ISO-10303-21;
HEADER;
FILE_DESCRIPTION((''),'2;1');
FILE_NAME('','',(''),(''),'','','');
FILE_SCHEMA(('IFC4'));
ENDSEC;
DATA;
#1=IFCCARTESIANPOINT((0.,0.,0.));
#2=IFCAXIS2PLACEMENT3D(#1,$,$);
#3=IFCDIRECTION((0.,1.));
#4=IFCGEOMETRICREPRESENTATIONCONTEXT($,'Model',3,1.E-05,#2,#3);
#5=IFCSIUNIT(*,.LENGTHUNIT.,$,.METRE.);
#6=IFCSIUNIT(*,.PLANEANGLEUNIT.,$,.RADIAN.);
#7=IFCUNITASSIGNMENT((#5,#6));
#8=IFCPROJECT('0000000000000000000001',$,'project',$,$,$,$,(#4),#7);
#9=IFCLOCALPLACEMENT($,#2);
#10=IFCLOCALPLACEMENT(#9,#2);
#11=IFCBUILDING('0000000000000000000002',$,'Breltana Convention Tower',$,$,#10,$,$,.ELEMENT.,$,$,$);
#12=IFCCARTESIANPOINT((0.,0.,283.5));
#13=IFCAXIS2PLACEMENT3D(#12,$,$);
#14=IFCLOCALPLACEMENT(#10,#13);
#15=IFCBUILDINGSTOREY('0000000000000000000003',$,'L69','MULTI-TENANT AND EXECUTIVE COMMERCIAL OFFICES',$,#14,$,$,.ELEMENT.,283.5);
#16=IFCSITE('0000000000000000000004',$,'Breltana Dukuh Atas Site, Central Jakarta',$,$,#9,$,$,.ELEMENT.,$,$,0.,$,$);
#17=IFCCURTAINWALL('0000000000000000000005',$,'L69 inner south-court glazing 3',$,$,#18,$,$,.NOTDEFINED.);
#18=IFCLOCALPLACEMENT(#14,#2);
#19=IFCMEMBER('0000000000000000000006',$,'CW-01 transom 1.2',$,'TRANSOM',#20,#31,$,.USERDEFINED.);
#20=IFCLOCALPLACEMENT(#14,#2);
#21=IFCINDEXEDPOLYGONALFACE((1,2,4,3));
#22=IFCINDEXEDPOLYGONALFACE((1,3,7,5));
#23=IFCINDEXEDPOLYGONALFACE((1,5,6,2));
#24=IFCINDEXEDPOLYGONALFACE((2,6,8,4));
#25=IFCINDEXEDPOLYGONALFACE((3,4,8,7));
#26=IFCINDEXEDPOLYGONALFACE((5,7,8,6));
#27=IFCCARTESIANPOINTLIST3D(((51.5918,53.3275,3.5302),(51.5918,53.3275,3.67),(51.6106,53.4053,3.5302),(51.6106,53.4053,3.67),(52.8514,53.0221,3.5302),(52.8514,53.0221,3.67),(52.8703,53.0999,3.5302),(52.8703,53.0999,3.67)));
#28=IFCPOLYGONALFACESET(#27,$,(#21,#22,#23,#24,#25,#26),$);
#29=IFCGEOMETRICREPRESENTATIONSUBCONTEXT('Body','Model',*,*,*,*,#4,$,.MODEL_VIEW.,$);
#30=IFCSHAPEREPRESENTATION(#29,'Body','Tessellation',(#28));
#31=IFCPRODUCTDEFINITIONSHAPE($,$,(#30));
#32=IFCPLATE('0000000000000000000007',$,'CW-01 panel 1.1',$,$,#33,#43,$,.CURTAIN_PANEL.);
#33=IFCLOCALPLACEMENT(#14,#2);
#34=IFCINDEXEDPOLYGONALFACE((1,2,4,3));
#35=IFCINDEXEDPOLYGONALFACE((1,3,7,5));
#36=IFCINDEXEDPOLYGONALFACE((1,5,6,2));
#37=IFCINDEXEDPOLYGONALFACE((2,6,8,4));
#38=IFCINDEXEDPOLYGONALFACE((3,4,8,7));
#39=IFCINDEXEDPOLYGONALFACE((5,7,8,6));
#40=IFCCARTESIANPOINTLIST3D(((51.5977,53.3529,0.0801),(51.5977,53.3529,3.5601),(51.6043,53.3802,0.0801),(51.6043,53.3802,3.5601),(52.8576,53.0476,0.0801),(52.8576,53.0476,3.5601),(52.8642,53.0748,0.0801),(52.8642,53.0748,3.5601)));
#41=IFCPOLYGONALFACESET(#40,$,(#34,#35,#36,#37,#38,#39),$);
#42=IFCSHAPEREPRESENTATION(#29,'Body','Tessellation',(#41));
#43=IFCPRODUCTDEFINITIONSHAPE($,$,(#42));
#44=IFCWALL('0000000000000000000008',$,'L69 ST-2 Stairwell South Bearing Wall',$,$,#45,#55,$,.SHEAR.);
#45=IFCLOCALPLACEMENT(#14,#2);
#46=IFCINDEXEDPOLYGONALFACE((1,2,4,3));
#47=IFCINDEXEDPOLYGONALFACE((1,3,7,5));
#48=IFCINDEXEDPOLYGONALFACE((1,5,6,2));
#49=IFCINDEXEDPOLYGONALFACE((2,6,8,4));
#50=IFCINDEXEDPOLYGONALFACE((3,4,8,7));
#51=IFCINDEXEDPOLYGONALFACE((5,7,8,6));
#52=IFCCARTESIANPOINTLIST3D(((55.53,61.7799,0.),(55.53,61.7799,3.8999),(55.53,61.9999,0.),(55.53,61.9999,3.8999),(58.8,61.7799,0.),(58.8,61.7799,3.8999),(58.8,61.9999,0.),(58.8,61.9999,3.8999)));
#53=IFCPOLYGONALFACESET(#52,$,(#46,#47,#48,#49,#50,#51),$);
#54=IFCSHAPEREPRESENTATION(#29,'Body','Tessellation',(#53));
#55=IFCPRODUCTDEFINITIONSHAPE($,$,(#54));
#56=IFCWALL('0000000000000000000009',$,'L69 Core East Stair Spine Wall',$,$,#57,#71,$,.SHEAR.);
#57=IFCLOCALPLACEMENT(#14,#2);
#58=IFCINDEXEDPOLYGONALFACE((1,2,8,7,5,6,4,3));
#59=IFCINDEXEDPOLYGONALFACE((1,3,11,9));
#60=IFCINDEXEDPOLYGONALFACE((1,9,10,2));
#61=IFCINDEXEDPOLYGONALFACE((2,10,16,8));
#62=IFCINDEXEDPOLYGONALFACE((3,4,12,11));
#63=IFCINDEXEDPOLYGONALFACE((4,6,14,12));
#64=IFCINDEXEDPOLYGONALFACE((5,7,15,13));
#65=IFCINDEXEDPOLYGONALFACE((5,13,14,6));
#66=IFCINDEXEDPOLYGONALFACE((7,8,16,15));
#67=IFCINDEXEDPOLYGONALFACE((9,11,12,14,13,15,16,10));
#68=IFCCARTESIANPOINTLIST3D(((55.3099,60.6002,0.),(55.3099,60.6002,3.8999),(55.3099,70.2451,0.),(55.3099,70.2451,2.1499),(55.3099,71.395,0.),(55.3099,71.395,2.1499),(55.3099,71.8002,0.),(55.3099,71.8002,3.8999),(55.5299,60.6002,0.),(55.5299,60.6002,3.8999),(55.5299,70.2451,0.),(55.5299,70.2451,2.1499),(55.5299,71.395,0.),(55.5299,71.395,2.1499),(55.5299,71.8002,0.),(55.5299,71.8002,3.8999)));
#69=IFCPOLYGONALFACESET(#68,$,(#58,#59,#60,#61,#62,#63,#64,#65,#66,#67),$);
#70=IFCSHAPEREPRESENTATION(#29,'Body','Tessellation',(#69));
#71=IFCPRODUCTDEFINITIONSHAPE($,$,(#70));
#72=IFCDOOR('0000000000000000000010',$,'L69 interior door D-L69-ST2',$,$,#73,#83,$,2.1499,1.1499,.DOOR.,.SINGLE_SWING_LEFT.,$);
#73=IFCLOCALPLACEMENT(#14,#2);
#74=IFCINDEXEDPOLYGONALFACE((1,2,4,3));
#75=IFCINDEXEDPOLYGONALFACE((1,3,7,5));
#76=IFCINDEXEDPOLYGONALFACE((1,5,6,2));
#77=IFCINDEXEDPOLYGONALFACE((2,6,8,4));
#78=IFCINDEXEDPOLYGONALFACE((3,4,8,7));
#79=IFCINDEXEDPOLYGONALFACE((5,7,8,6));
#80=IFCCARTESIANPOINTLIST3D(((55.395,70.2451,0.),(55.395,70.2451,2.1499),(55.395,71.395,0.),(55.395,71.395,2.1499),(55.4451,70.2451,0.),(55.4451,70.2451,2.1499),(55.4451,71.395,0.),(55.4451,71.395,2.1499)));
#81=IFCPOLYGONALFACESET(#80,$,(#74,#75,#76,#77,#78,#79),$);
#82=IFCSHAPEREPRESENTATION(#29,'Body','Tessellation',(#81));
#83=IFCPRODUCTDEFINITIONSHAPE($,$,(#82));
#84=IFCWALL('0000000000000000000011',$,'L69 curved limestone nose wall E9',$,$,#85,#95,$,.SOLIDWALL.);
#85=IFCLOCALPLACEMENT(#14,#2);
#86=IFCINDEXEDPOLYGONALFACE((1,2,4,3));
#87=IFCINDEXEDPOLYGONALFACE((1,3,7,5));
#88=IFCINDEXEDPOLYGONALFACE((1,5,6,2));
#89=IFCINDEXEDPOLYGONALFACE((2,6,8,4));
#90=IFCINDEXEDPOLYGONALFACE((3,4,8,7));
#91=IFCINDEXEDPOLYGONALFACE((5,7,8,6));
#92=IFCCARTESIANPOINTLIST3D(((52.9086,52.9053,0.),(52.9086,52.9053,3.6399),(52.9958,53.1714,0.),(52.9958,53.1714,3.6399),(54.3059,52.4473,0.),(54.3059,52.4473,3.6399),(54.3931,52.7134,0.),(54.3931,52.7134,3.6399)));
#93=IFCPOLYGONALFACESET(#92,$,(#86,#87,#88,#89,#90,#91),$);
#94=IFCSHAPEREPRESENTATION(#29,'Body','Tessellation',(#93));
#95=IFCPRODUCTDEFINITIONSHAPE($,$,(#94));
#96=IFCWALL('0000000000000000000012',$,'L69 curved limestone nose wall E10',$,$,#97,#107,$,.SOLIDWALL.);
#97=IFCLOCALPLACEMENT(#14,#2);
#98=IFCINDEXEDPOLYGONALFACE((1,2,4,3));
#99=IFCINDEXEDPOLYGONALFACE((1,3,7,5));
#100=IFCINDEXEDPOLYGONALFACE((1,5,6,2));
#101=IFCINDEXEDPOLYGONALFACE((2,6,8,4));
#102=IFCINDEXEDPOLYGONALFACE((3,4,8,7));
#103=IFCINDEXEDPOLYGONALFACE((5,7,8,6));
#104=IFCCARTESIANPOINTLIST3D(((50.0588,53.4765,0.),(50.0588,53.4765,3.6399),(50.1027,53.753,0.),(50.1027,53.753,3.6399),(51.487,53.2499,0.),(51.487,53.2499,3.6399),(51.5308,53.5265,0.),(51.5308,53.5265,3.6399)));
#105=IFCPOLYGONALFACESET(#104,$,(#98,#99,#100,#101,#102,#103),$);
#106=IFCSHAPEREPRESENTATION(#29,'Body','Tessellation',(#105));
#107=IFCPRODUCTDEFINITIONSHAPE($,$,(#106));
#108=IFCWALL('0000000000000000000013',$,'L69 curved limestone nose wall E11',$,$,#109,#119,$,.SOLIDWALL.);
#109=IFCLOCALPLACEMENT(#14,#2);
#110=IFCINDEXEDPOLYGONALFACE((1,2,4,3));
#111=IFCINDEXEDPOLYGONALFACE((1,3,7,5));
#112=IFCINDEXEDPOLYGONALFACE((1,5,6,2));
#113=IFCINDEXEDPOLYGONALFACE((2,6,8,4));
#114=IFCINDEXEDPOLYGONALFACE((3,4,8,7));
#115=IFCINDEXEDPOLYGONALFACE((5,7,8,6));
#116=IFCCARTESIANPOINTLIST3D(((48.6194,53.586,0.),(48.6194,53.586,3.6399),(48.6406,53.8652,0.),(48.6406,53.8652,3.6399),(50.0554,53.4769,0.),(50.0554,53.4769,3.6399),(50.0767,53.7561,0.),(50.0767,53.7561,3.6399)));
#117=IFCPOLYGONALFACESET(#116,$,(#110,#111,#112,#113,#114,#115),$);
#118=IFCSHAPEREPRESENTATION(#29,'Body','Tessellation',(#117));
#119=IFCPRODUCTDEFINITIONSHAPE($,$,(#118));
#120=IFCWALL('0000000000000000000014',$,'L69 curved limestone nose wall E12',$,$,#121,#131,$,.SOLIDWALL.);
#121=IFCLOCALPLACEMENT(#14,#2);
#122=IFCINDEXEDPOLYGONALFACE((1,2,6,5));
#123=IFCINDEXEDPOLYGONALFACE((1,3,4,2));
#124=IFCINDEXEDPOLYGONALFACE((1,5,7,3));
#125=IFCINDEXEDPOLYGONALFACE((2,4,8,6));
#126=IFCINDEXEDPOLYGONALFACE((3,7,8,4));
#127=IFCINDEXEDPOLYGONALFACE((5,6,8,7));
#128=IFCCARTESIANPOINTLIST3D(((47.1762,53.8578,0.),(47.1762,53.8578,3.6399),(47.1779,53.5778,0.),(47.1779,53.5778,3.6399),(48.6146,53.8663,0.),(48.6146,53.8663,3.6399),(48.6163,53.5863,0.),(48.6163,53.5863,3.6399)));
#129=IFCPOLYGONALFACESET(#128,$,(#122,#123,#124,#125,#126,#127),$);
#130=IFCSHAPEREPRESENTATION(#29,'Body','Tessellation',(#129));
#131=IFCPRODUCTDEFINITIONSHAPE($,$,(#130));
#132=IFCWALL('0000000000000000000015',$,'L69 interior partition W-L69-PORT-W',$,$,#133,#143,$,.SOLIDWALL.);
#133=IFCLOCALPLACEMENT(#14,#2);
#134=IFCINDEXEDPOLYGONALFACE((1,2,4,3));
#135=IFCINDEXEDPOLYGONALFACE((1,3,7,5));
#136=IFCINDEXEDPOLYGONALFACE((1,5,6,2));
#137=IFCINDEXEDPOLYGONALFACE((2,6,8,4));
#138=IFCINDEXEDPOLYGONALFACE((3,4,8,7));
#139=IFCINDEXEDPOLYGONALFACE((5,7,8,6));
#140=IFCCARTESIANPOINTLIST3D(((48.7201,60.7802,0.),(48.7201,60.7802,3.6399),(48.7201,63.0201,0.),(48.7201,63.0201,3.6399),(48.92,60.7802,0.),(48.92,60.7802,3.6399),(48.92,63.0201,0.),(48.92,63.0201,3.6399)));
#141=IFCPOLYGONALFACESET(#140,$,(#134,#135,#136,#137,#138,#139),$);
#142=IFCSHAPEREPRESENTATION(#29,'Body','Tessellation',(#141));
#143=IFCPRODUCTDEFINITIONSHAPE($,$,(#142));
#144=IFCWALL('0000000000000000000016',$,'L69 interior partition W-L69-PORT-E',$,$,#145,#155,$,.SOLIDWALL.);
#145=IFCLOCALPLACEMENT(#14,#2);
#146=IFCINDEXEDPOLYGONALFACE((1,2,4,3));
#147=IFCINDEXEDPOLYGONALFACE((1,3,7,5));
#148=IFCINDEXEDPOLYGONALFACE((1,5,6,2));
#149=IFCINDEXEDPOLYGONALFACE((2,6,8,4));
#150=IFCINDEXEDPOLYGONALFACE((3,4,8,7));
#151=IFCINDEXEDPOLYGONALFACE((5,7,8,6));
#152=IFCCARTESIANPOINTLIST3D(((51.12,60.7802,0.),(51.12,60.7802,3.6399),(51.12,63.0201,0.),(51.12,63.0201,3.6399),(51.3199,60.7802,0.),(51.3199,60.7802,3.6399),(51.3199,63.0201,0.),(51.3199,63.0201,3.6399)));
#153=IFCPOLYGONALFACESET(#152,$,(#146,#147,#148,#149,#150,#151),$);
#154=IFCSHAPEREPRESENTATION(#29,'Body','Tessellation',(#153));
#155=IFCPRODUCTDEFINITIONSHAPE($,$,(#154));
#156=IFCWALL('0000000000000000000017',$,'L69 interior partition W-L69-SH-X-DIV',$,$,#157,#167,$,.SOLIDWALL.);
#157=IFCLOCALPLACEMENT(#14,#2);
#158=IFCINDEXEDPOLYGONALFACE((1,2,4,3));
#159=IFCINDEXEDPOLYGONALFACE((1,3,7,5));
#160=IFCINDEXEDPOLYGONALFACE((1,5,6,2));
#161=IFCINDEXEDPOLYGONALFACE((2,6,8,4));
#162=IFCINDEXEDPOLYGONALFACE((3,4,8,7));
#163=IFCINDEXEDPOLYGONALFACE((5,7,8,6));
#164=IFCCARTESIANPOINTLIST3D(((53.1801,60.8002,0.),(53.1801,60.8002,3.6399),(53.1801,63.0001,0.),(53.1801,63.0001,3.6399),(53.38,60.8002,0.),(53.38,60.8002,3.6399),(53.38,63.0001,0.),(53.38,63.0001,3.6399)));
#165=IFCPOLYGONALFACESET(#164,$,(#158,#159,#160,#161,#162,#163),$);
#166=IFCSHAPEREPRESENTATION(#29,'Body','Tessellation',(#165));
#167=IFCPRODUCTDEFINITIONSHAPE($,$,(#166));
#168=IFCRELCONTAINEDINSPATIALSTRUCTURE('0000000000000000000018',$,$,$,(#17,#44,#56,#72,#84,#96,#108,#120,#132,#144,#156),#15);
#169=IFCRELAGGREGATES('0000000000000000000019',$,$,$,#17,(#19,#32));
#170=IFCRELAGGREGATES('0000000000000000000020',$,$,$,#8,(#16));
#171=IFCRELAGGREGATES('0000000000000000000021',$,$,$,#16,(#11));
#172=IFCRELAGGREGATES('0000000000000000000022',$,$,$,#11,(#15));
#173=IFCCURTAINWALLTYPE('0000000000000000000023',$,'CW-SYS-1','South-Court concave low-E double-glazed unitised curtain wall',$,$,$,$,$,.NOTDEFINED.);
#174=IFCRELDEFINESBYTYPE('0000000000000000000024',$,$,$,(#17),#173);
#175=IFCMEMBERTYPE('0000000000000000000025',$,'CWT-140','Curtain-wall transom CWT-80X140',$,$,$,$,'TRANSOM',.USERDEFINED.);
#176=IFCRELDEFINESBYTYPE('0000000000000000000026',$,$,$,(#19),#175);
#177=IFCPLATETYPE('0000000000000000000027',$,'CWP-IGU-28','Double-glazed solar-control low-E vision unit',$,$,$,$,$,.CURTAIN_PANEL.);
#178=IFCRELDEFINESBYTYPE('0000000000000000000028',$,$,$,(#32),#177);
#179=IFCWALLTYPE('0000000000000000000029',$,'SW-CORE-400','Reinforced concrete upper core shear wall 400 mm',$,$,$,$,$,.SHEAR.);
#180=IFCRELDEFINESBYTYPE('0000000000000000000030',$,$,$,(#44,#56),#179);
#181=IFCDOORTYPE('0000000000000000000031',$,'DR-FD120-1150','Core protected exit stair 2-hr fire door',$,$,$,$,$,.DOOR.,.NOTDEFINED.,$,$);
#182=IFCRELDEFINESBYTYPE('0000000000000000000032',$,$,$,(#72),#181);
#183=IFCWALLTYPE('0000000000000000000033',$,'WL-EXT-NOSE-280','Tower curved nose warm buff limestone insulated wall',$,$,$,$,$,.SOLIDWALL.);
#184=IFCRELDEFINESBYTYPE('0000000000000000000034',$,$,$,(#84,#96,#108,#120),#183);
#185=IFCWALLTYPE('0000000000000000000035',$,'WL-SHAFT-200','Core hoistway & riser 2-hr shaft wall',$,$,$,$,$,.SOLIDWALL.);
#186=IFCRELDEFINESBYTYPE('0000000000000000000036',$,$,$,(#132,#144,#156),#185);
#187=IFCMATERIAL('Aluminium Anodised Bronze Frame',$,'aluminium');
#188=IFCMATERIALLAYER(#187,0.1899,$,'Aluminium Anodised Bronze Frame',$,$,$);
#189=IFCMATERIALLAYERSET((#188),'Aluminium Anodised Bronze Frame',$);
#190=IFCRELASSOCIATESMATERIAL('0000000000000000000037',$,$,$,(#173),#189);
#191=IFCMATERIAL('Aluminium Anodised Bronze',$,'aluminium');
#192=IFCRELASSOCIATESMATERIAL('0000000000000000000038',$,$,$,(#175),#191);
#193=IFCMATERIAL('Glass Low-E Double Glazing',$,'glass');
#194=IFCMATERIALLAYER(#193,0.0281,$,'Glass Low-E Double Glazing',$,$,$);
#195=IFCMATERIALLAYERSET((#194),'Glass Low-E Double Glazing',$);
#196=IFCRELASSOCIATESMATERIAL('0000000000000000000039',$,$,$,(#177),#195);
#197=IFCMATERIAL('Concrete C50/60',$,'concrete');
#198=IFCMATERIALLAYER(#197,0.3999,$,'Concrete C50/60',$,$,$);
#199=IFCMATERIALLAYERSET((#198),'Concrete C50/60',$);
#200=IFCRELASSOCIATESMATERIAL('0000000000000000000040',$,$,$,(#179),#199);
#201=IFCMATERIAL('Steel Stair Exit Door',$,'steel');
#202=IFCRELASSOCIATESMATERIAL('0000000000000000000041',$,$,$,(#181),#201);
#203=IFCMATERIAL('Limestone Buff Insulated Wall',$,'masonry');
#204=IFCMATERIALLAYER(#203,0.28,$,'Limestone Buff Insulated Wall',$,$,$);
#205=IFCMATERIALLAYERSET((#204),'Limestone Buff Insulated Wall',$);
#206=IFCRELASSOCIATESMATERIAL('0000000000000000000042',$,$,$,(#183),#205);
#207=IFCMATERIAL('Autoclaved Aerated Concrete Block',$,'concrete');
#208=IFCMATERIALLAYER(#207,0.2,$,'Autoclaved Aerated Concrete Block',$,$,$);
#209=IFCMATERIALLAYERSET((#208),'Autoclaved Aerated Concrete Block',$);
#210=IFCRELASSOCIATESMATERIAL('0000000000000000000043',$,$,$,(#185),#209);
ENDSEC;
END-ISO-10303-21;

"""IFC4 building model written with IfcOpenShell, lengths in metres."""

from ifc_helpers import new_model, si_unit, direction, frame, frame_2d, origin, origin_2d, place, context, subcontext, project, spatial, rectangle, extrude, source, transform, mapped, material, layer, layer_set, material_profile, profile_set, type_object, type_shapes, element, fill, aggregate, save


model = new_model("IFC4")

# Units and contexts
model_context = context("Model", 3, precision=1e-05, world=origin(), true_north=direction((0.0, 1.0)))
body_context = subcontext(model_context, "Body", "Model", "MODEL_VIEW")
ifc_project = project(units=[si_unit("LENGTHUNIT", "METRE"), si_unit("PLANEANGLEUNIT", "RADIAN")], contexts=[model_context])

# Site, building, storey
site_placement = place(None, origin())
site = spatial("IfcSite", under=ifc_project, at=site_placement, Name="Breltana Dukuh Atas Site, Central Jakarta", CompositionType="ELEMENT", RefElevation=0.0)
building_placement = place(site_placement, origin())
building = spatial("IfcBuilding", under=site, at=building_placement, Name="Breltana Convention Tower", CompositionType="ELEMENT")
storey_placement = place(building_placement, frame((0.0, 0.0, 283.5)))
storey = spatial("IfcBuildingStorey", under=building, at=storey_placement, Name="L69", Description="MULTI-TENANT AND EXECUTIVE COMMERCIAL OFFICES", CompositionType="ELEMENT", Elevation=283.5)

# Curtain wall, member, plate
ifc_material_1 = material(Name="Aluminium Anodised Bronze Frame", Category="aluminium")
ifc_layer_1 = layer(ifc_material_1, 0.1899, Name="Aluminium Anodised Bronze Frame")
ifc_layer_set_1 = layer_set([ifc_layer_1], Name="Aluminium Anodised Bronze Frame")
curtain_wall_type = type_object("IfcCurtainWallType", Name="CW-SYS-1", Description="South-Court concave low-E double-glazed unitised curtain wall", PredefinedType="NOTDEFINED", material=ifc_layer_set_1)
curtain_wall_placement = place(storey_placement, origin())
curtain_wall = element("IfcCurtainWall", 1, at=curtain_wall_placement, inside=storey, type_object=curtain_wall_type, Name="L69 inner south-court glazing 3", PredefinedType="NOTDEFINED")
ifc_material_2 = material(Name="Aluminium Anodised Bronze", Category="aluminium")
ifc_material_profile_1 = material_profile(ifc_material_2, rectangle(XDim=0.0801, YDim=0.1399, at=origin_2d()), Name="CWT-80X140")
ifc_profile_set_1 = profile_set([ifc_material_profile_1], Name="Aluminium Anodised Bronze")
member_type_1 = type_object("IfcMemberType", Name="CWT-140", Description="Curtain-wall transom CWT-80X140", ElementType="TRANSOM", PredefinedType="USERDEFINED", material=ifc_profile_set_1)
shared_shape_1 = source(origin(), body_context, "Body", "SweptSolid", [
    extrude(rectangle(XDim=0.0801, YDim=0.1399, at=origin_2d()), origin(), (0.0, 0.0, 1.0), 1.2961),
])
member_1_placement = place(storey_placement, frame((52.8608, 53.061, 3.6001), z_axis=(-0.971846, 0.235616, 0.0), x_axis=(-0.235616, -0.971846, 0.0)))
member_1 = element("IfcMember", 2, at=member_1_placement, type_object=member_type_1, Name="CW-01 transom 1.2", ObjectType="TRANSOM", PredefinedType="USERDEFINED", context=body_context, shape_type="MappedRepresentation", body=[
    mapped(shared_shape_1, transform((0.0, 0.0, 0.0), scale=1.0)),
])
ifc_material_3 = material(Name="Glass Low-E Double Glazing", Category="glass")
ifc_layer_2 = layer(ifc_material_3, 0.0281, Name="Glass Low-E Double Glazing")
ifc_layer_set_2 = layer_set([ifc_layer_2], Name="Glass Low-E Double Glazing")
plate_type = type_object("IfcPlateType", Name="CWP-IGU-28", Description="Double-glazed solar-control low-E vision unit", PredefinedType="CURTAIN_PANEL", material=ifc_layer_set_2)
shared_shape_2 = source(origin(), body_context, "Body", "SweptSolid", [
    extrude(rectangle(XDim=1.2964, YDim=0.0281, at=origin_2d()), origin(), (0.0, 0.0, 1.0), 3.48),
])
plate_placement = place(storey_placement, frame((52.231, 53.2139, 0.0801), z_axis=(0.0, 0.0, 1.0), x_axis=(-0.97187, 0.235517, 0.0)))
plate = element("IfcPlate", 3, at=plate_placement, type_object=plate_type, Name="CW-01 panel 1.1", PredefinedType="CURTAIN_PANEL", context=body_context, shape_type="MappedRepresentation", body=[
    mapped(shared_shape_2, transform((0.0, 0.0, 0.0), scale=1.0)),
])
aggregate(curtain_wall, [member_1, plate])

# Wall
ifc_material_4 = material(Name="Concrete C50/60", Category="concrete")
ifc_layer_3 = layer(ifc_material_4, 0.3999, Name="Concrete C50/60")
ifc_layer_set_3 = layer_set([ifc_layer_3], Name="Concrete C50/60")
wall_type_1 = type_object("IfcWallType", Name="SW-CORE-400", Description="Reinforced concrete upper core shear wall 400 mm", PredefinedType="SHEAR", material=ifc_layer_set_3)
shared_shape_3 = source(origin(), body_context, "Body", "SweptSolid", [
    extrude(rectangle(XDim=3.27, YDim=0.22, at=frame_2d((1.635, 0.0))), origin(), (0.0, 0.0, 1.0), 3.8999),
])
wall_1_placement = place(storey_placement, frame((55.53, 61.8899, 0.0), z_axis=(0.0, 0.0, 1.0), x_axis=(1.0, 0.0, 0.0)))
element("IfcWall", 4, at=wall_1_placement, inside=storey, type_object=wall_type_1, Name="L69 ST-2 Stairwell South Bearing Wall", PredefinedType="SHEAR", context=body_context, shape_type="MappedRepresentation", body=[
    mapped(shared_shape_3, transform((0.0, 0.0, 0.0), scale=1.0)),
])

# Wall, opening, door
shared_shape_4 = source(origin(), body_context, "Body", "SweptSolid", [
    extrude(rectangle(XDim=11.2, YDim=0.22, at=frame_2d((5.6001, 0.0))), origin(), (0.0, 0.0, 1.0), 3.8999),
])
wall_2_placement = place(storey_placement, frame((55.4199, 60.6001, 0.0), z_axis=(0.0, 0.0, 1.0), x_axis=(0.0, 1.0, 0.0)))
wall_2 = element("IfcWall", 5, at=wall_2_placement, inside=storey, type_object=wall_type_1, Name="L69 Core East Stair Spine Wall", PredefinedType="SHEAR", context=body_context, shape_type="MappedRepresentation", body=[
    mapped(shared_shape_4, transform((0.0, 0.0, 0.0), scale=1.0)),
])
opening_1_placement = place(wall_2_placement, frame((9.645, 0.0, 0.0)))
opening_1 = element("IfcOpeningElement", 6, at=opening_1_placement, cuts=wall_2, PredefinedType="OPENING", context=body_context, shape_type="SweptSolid", body=[
    extrude(rectangle(XDim=1.1499, YDim=2.1499, at=frame_2d((0.575, 1.075))), frame((0.0, 0.1201, 0.0), z_axis=(0.0, -1.0, 0.0), x_axis=(1.0, 0.0, 0.0)), (0.0, 0.0, 1.0), 0.24),
])
ifc_material_5 = material(Name="Steel Stair Exit Door", Category="steel")
door_type_1 = type_object("IfcDoorType", Name="DR-FD120-1150", Description="Core protected exit stair 2-hr fire door", OperationType="NOTDEFINED", PredefinedType="DOOR", material=ifc_material_5)
shared_shape_5 = source(origin(), body_context, "Body", "SweptSolid", [
    extrude(rectangle(XDim=1.1499, YDim=2.1499, at=frame_2d((0.575, 1.075))), frame((0.0, 0.0249, 0.0), z_axis=(0.0, -1.0, 0.0), x_axis=(1.0, 0.0, 0.0)), (0.0, 0.0, 1.0), 0.05),
])
type_shapes(door_type_1, [shared_shape_5])
door_1_placement = place(opening_1_placement, origin())
door_1 = element("IfcDoor", 7, at=door_1_placement, inside=storey, type_object=door_type_1, Name="L69 interior door D-L69-ST2", OperationType="SINGLE_SWING_LEFT", OverallHeight=2.1499, OverallWidth=1.1499, PredefinedType="DOOR", context=body_context, shape_type="MappedRepresentation", body=[
    mapped(shared_shape_5, transform((0.0, 0.0, 0.0), scale=1.0)),
])
fill(opening_1, door_1)

# Walls
ifc_material_6 = material(Name="Limestone Buff Insulated Wall", Category="masonry")
ifc_layer_4 = layer(ifc_material_6, 0.28, Name="Limestone Buff Insulated Wall")
ifc_layer_set_4 = layer_set([ifc_layer_4], Name="Limestone Buff Insulated Wall")
wall_type_2 = type_object("IfcWallType", Name="WL-EXT-NOSE-280", Description="Tower curved nose warm buff limestone insulated wall", PredefinedType="SOLIDWALL", material=ifc_layer_set_4)
shared_shape_6 = source(origin(), body_context, "Body", "SweptSolid", [
    extrude(rectangle(XDim=1.4705, YDim=0.28, at=frame_2d((0.7354, 0.0))), origin(), (0.0, 0.0, 1.0), 3.6399),
])
wall_3_placement = place(storey_placement, frame((54.3496, 52.5803, 0.0), z_axis=(0.0, 0.0, 1.0), x_axis=(-0.950249, 0.311492, 0.0)))
element("IfcWall", 8, at=wall_3_placement, inside=storey, type_object=wall_type_2, Name="L69 curved limestone nose wall E9", PredefinedType="SOLIDWALL", context=body_context, shape_type="MappedRepresentation", body=[
    mapped(shared_shape_6, transform((0.0, 0.0, 0.0), scale=1.0)),
])
shared_shape_7 = source(origin(), body_context, "Body", "SweptSolid", [
    extrude(rectangle(XDim=1.446, YDim=0.28, at=frame_2d((0.7231, 0.0))), origin(), (0.0, 0.0, 1.0), 3.6399),
])
wall_4_placement = place(storey_placement, frame((51.509, 53.3882, 0.0), z_axis=(0.0, 0.0, 1.0), x_axis=(-0.98765, 0.156673, 0.0)))
element("IfcWall", 9, at=wall_4_placement, inside=storey, type_object=wall_type_2, Name="L69 curved limestone nose wall E10", PredefinedType="SOLIDWALL", context=body_context, shape_type="MappedRepresentation", body=[
    mapped(shared_shape_7, transform((0.0, 0.0, 0.0), scale=1.0)),
])
shared_shape_8 = source(origin(), body_context, "Body", "SweptSolid", [
    extrude(rectangle(XDim=1.4402, YDim=0.28, at=frame_2d((0.7202, 0.0))), origin(), (0.0, 0.0, 1.0), 3.6399),
])
wall_5_placement = place(storey_placement, frame((50.0662, 53.6165, 0.0), z_axis=(0.0, 0.0, 1.0), x_axis=(-0.997125, 0.075776, 0.0)))
element("IfcWall", 10, at=wall_5_placement, inside=storey, type_object=wall_type_2, Name="L69 curved limestone nose wall E11", PredefinedType="SOLIDWALL", context=body_context, shape_type="MappedRepresentation", body=[
    mapped(shared_shape_8, transform((0.0, 0.0, 0.0), scale=1.0)),
])
shared_shape_9 = source(origin(), body_context, "Body", "SweptSolid", [
    extrude(rectangle(XDim=1.4385, YDim=0.28, at=frame_2d((0.7192, 0.0))), origin(), (0.0, 0.0, 1.0), 3.6399),
])
wall_6_placement = place(storey_placement, frame((48.6155, 53.7263, 0.0), z_axis=(0.0, 0.0, 1.0), x_axis=(-0.999982, -0.00594, 0.0)))
element("IfcWall", 11, at=wall_6_placement, inside=storey, type_object=wall_type_2, Name="L69 curved limestone nose wall E12", PredefinedType="SOLIDWALL", context=body_context, shape_type="MappedRepresentation", body=[
    mapped(shared_shape_9, transform((0.0, 0.0, 0.0), scale=1.0)),
])
ifc_material_7 = material(Name="Autoclaved Aerated Concrete Block", Category="concrete")
ifc_layer_5 = layer(ifc_material_7, 0.2, Name="Autoclaved Aerated Concrete Block")
ifc_layer_set_5 = layer_set([ifc_layer_5], Name="Autoclaved Aerated Concrete Block")
wall_type_3 = type_object("IfcWallType", Name="WL-SHAFT-200", Description="Core hoistway & riser 2-hr shaft wall", PredefinedType="SOLIDWALL", material=ifc_layer_set_5)
shared_shape_10 = source(origin(), body_context, "Body", "SweptSolid", [
    extrude(rectangle(XDim=2.24, YDim=0.2, at=frame_2d((1.1201, 0.0))), origin(), (0.0, 0.0, 1.0), 3.6399),
])
for number, where, z_axis, x_axis, name in (
    (12, (48.8201, 60.78, 0.0), (0.0, 0.0, 1.0), (0.0, 1.0, 0.0), "L69 interior partition W-L69-PORT-W"),
    (13, (51.22, 60.78, 0.0), (0.0, 0.0, 1.0), (0.0, 1.0, 0.0), "L69 interior partition W-L69-PORT-E"),
):
    element("IfcWall", number, at=place(storey_placement, frame(where, z_axis=z_axis, x_axis=x_axis)), inside=storey, type_object=wall_type_3, Name=name, PredefinedType="SOLIDWALL", context=body_context, shape_type="MappedRepresentation", body=[
        mapped(shared_shape_10, transform((0.0, 0.0, 0.0), scale=1.0)),
    ])
shared_shape_11 = source(origin(), body_context, "Body", "SweptSolid", [
    extrude(rectangle(XDim=2.2, YDim=0.2, at=frame_2d((1.1001, 0.0))), origin(), (0.0, 0.0, 1.0), 3.6399),
])
wall_7_placement = place(storey_placement, frame((53.28, 60.8, 0.0), z_axis=(0.0, 0.0, 1.0), x_axis=(0.0, 1.0, 0.0)))
element("IfcWall", 14, at=wall_7_placement, inside=storey, type_object=wall_type_3, Name="L69 interior partition W-L69-SH-X-DIV", PredefinedType="SOLIDWALL", context=body_context, shape_type="MappedRepresentation", body=[
    mapped(shared_shape_11, transform((0.0, 0.0, 0.0), scale=1.0)),
])

save(model, "model.ifc")
